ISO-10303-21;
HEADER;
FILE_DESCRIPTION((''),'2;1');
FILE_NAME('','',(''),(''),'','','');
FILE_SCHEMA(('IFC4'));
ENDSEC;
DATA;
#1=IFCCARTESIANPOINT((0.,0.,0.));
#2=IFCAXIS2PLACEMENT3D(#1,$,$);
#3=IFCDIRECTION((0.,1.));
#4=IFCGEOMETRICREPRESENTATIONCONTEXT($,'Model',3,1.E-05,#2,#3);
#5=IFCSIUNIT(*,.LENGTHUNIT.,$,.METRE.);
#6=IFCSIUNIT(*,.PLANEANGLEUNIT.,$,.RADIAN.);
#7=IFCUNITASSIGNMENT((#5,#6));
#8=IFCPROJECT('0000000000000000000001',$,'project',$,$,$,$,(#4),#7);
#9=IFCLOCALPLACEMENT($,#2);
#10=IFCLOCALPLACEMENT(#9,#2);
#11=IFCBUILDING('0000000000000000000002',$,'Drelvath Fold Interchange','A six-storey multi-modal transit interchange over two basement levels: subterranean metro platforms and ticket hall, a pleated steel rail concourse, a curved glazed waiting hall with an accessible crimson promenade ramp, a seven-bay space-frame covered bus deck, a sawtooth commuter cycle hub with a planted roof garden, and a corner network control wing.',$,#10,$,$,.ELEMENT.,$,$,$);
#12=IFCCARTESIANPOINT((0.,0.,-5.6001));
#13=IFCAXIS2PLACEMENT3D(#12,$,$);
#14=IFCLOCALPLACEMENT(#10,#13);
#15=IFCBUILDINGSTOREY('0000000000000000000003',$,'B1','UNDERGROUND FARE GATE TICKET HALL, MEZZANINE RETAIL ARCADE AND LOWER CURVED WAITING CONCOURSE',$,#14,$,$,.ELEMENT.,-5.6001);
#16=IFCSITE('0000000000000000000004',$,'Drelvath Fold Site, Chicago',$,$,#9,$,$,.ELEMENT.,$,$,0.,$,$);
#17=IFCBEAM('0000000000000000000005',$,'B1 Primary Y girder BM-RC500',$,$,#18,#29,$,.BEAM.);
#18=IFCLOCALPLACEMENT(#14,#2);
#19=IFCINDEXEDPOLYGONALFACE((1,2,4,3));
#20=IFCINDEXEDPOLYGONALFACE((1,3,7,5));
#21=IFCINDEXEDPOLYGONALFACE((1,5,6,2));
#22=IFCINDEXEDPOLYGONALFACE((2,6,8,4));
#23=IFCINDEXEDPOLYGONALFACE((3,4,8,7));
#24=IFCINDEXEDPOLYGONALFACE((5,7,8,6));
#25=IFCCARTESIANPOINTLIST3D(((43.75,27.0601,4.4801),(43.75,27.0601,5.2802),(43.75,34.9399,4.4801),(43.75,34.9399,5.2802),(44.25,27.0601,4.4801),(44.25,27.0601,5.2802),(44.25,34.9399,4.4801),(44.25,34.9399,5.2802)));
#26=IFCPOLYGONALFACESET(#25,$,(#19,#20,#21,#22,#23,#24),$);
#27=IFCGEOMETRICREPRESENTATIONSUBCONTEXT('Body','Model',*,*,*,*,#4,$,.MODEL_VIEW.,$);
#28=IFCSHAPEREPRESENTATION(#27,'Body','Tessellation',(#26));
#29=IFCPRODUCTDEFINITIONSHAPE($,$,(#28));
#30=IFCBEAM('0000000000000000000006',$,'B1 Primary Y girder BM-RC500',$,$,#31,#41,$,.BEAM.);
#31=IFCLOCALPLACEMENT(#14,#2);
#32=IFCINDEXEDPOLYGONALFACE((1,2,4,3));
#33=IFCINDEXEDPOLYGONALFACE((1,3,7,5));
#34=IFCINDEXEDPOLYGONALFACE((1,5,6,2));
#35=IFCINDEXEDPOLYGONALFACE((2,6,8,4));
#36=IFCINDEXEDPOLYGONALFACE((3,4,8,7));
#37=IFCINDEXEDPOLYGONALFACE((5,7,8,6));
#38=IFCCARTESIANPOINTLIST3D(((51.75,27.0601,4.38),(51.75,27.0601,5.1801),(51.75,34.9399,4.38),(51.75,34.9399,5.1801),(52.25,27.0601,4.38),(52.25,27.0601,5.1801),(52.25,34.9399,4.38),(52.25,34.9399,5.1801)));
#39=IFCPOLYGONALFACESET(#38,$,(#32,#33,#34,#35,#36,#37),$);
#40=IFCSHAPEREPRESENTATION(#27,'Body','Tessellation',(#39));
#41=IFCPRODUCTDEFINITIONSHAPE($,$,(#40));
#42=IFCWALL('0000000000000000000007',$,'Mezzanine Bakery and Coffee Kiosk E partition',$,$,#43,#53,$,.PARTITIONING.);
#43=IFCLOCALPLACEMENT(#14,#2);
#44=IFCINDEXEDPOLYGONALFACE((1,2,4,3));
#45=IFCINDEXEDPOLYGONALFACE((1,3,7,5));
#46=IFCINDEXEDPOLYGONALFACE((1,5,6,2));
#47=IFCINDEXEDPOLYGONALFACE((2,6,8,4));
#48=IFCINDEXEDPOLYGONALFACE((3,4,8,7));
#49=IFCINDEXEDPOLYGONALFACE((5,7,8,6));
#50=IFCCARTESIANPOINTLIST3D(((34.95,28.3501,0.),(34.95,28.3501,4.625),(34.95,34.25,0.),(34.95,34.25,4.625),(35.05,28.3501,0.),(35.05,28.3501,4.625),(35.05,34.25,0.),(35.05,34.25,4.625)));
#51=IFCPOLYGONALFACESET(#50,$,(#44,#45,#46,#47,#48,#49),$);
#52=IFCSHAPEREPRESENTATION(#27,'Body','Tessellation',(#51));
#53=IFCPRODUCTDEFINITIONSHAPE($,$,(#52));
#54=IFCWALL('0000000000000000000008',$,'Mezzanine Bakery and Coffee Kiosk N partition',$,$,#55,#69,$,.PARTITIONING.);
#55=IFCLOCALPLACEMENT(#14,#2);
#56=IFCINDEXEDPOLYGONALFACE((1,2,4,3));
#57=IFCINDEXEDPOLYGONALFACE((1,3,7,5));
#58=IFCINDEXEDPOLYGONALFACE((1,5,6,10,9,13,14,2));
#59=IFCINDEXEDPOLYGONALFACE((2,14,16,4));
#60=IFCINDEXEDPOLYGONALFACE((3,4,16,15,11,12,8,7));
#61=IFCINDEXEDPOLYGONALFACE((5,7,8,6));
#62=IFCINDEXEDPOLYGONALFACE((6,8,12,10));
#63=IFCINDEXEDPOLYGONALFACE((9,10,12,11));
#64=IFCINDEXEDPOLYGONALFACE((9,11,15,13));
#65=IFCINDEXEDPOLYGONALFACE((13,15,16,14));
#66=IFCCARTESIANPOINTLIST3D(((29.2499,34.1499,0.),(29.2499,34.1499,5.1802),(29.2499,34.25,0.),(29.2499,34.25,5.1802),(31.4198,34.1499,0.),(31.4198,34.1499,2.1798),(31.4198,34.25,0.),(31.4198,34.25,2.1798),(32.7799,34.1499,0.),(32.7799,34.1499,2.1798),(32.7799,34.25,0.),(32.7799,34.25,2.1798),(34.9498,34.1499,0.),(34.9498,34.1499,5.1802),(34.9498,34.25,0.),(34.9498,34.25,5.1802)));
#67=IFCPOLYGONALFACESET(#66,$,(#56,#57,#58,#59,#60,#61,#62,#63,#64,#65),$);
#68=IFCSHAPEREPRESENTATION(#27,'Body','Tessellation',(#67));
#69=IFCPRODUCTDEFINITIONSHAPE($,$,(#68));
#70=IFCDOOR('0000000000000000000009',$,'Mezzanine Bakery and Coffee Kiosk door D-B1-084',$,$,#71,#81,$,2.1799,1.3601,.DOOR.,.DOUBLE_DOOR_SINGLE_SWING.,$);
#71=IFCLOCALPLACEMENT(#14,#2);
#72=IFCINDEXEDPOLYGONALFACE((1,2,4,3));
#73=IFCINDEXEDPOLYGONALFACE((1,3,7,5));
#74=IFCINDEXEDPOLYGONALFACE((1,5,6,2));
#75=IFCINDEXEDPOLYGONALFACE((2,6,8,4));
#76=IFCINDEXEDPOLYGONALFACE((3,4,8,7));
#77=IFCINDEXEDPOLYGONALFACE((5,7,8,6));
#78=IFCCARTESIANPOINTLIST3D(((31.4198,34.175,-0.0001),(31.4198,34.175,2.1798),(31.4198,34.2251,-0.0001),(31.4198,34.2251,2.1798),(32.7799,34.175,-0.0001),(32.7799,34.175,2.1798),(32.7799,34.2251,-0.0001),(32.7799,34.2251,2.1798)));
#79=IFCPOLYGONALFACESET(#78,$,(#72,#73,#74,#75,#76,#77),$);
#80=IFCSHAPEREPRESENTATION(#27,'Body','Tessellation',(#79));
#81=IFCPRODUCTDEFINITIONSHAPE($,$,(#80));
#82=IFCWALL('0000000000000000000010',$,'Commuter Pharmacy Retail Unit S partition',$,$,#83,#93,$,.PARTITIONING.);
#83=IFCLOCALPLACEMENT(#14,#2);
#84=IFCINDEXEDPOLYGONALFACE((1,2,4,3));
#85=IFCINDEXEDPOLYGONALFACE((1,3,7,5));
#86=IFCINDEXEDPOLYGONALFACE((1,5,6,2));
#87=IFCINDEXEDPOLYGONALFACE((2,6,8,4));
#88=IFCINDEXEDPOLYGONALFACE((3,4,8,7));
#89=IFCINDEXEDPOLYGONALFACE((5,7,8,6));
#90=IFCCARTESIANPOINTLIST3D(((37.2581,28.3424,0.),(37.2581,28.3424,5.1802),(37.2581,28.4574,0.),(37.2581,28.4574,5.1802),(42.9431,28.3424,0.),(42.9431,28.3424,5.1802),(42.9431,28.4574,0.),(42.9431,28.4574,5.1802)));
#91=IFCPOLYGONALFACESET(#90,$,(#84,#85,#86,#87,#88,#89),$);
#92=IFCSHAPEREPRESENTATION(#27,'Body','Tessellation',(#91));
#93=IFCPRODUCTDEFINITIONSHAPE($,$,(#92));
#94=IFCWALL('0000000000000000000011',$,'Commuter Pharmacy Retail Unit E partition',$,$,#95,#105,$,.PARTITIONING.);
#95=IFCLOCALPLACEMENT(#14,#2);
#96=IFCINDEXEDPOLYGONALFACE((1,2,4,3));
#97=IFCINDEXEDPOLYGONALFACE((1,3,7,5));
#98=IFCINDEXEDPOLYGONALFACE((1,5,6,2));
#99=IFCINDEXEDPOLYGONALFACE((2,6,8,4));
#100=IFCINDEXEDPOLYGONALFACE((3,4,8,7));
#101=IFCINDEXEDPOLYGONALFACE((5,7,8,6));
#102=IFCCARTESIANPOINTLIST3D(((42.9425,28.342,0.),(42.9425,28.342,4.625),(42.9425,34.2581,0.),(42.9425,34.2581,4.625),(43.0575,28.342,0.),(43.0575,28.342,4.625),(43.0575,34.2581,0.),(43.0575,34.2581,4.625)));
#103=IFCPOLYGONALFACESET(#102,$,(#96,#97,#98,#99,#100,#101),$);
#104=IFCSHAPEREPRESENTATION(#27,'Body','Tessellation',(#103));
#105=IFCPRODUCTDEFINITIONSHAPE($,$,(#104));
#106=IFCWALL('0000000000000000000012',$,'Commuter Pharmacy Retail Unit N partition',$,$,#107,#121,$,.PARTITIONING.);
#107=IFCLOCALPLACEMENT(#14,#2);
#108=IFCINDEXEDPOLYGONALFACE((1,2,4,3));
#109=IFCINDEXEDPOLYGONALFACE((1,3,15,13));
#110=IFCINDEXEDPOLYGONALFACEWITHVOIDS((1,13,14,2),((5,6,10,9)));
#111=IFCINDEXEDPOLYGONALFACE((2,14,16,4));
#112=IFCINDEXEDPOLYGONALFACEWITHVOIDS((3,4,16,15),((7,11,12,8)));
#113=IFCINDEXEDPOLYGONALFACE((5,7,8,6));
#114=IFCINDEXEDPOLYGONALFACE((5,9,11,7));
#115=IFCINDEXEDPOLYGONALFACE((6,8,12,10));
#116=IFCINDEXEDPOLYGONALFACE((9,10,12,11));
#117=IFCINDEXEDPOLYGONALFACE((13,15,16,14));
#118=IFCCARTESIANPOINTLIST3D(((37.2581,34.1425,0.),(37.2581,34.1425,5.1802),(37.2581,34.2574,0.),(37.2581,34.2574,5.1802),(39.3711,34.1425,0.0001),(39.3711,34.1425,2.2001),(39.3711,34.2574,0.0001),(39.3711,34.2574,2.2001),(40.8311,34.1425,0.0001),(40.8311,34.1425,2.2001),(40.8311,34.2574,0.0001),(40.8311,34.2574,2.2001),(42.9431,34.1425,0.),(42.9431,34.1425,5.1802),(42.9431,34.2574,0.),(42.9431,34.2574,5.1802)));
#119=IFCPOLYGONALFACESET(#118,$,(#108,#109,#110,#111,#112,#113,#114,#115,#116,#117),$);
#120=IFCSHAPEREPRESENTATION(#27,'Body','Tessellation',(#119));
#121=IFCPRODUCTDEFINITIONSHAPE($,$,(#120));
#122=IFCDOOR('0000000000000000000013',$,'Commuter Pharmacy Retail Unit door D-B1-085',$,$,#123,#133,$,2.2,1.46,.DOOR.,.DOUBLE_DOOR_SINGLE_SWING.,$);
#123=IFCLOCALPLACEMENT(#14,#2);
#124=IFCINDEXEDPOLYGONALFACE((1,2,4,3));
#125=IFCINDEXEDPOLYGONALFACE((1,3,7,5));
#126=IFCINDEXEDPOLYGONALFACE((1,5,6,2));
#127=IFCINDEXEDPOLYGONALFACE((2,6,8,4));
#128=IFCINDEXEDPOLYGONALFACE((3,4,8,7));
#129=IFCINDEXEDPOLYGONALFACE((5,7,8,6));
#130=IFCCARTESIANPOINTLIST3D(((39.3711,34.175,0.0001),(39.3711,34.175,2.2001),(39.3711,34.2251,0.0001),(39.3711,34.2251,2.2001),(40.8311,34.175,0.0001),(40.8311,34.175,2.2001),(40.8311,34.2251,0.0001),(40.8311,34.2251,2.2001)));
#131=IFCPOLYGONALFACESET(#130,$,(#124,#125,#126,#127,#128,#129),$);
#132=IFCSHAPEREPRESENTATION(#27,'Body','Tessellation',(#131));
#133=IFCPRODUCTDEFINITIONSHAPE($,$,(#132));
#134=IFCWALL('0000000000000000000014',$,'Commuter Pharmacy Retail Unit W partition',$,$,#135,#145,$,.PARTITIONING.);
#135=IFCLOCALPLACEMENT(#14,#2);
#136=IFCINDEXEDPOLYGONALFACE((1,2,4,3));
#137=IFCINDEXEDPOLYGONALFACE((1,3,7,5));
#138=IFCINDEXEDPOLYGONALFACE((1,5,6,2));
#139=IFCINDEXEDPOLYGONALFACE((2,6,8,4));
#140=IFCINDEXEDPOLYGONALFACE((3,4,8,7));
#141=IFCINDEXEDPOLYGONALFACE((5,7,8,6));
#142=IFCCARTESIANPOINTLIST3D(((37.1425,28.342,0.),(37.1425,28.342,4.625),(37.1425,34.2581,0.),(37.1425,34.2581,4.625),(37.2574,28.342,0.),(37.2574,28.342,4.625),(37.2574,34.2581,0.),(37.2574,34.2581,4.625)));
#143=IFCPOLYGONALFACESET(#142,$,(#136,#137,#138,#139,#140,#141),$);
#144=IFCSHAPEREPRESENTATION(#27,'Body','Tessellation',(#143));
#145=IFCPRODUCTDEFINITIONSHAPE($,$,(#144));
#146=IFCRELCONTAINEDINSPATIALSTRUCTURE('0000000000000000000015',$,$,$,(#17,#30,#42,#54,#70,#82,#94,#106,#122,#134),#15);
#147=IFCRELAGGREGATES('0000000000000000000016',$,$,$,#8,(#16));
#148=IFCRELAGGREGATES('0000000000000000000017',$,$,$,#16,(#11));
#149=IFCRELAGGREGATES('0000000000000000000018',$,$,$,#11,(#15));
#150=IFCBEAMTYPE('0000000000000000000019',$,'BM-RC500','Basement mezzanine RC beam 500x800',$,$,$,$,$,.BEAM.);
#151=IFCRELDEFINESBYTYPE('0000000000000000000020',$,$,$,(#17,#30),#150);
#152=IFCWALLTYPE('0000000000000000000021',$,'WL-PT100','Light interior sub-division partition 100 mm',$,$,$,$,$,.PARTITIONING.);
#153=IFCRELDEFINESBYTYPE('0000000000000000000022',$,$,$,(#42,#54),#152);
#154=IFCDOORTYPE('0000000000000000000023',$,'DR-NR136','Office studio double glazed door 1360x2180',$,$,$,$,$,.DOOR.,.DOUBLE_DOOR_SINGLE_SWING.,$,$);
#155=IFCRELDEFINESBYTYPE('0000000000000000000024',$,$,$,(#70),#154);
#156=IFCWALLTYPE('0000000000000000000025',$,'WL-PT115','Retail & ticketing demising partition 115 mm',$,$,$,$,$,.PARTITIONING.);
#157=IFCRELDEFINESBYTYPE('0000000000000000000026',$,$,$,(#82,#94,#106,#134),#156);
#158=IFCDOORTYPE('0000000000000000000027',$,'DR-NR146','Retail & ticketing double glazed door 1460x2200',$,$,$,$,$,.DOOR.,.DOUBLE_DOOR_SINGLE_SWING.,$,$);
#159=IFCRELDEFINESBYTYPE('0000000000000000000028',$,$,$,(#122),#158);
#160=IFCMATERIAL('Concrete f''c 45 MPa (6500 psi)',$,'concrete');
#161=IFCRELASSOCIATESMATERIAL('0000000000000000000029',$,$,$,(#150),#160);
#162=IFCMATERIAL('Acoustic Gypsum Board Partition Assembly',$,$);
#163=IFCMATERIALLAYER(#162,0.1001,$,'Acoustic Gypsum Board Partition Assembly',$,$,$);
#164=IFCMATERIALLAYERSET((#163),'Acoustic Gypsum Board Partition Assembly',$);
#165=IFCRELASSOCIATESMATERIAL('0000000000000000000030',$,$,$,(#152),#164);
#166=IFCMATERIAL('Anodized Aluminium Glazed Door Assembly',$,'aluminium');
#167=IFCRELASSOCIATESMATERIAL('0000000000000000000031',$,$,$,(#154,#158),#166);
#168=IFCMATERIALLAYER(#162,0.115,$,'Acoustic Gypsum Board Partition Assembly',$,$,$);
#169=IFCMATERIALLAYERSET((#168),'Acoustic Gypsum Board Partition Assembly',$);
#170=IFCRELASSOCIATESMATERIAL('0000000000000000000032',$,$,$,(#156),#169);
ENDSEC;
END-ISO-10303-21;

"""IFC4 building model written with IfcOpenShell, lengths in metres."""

from ifc_helpers import new_model, si_unit, direction, frame, frame_2d, origin, origin_2d, place, context, subcontext, project, spatial, rectangle, extrude, material, layer, layer_set, material_profile, profile_set, type_object, element, fill, save


model = new_model("IFC4")

# Units and contexts
model_context = context("Model", 3, precision=1e-05, world=origin(), true_north=direction((0.0, 1.0)))
body_context = subcontext(model_context, "Body", "Model", "MODEL_VIEW")
ifc_project = project(units=[si_unit("LENGTHUNIT", "METRE"), si_unit("PLANEANGLEUNIT", "RADIAN")], contexts=[model_context])

# Site, building, storey
site_placement = place(None, origin())
site = spatial("IfcSite", under=ifc_project, at=site_placement, Name="Drelvath Fold Site, Chicago", CompositionType="ELEMENT", RefElevation=0.0)
building_placement = place(site_placement, origin())
building = spatial("IfcBuilding", under=site, at=building_placement, Name="Drelvath Fold Interchange", Description="A six-storey multi-modal transit interchange over two basement levels: subterranean metro platforms and ticket hall, a pleated steel rail concourse, a curved glazed waiting hall with an accessible crimson promenade ramp, a seven-bay space-frame covered bus deck, a sawtooth commuter cycle hub with a planted roof garden, and a corner network control wing.", CompositionType="ELEMENT")
storey_placement = place(building_placement, frame((0.0, 0.0, -5.6001)))
storey = spatial("IfcBuildingStorey", under=building, at=storey_placement, Name="B1", Description="UNDERGROUND FARE GATE TICKET HALL, MEZZANINE RETAIL ARCADE AND LOWER CURVED WAITING CONCOURSE", CompositionType="ELEMENT", Elevation=-5.6001)

# Beams
ifc_material_1 = material(Name="Concrete f'c 45 MPa (6500 psi)", Category="concrete")
ifc_material_profile_1 = material_profile(ifc_material_1, rectangle(XDim=0.5, YDim=0.8, at=origin_2d()), Name="RC 500x800")
ifc_profile_set_1 = profile_set([ifc_material_profile_1], Name="Concrete f'c 45 MPa (6500 psi)")
beam_type_1 = type_object("IfcBeamType", Name="BM-RC500", Description="Basement mezzanine RC beam 500x800", PredefinedType="BEAM", material=ifc_profile_set_1)
for number, where, z_axis, x_axis, name in (
    (1, (44.0, 27.0601, 4.8801), (0.0, 1.0, 0.0), (-1.0, 0.0, 0.0), "B1 Primary Y girder BM-RC500"),
    (2, (52.0, 27.0601, 4.78), (0.0, 1.0, 0.0), (-1.0, 0.0, 0.0), "B1 Primary Y girder BM-RC500"),
):
    element("IfcBeam", number, at=place(storey_placement, frame(where, z_axis=z_axis, x_axis=x_axis)), inside=storey, type_object=beam_type_1, Name=name, PredefinedType="BEAM", context=body_context, shape_type="SweptSolid", body=[
        extrude(rectangle(XDim=0.5, YDim=0.8, at=origin_2d()), origin(), (0.0, 0.0, 1.0), 7.8799),
    ])

# Wall
ifc_material_2 = material(Name="Acoustic Gypsum Board Partition Assembly")
ifc_layer_1 = layer(ifc_material_2, 0.1001, Name="Acoustic Gypsum Board Partition Assembly")
ifc_layer_set_1 = layer_set([ifc_layer_1], Name="Acoustic Gypsum Board Partition Assembly")
wall_type_1 = type_object("IfcWallType", Name="WL-PT100", Description="Light interior sub-division partition 100 mm", PredefinedType="PARTITIONING", material=ifc_layer_set_1)
wall_1_placement = place(storey_placement, frame((35.0, 28.3501, 0.0), z_axis=(0.0, 0.0, 1.0), x_axis=(0.0, 1.0, 0.0)))
element("IfcWall", 3, at=wall_1_placement, inside=storey, type_object=wall_type_1, Name="Mezzanine Bakery and Coffee Kiosk E partition", PredefinedType="PARTITIONING", context=body_context, shape_type="SweptSolid", body=[
    extrude(rectangle(XDim=5.8999, YDim=0.1001, at=frame_2d((2.95, 0.0))), origin(), (0.0, 0.0, 1.0), 4.625),
])

# Wall, opening, door
wall_2_placement = place(storey_placement, frame((34.95, 34.2, 0.0), z_axis=(0.0, 0.0, 1.0), x_axis=(-1.0, 0.0, 0.0)))
wall_2 = element("IfcWall", 4, at=wall_2_placement, inside=storey, type_object=wall_type_1, Name="Mezzanine Bakery and Coffee Kiosk N partition", PredefinedType="PARTITIONING", context=body_context, shape_type="SweptSolid", body=[
    extrude(rectangle(XDim=5.7, YDim=0.1001, at=frame_2d((2.8501, 0.0))), origin(), (0.0, 0.0, 1.0), 5.1802),
])
opening_1_placement = place(wall_2_placement, frame((2.1699, 0.0, 0.0)))
opening_1 = element("IfcOpeningElement", 5, at=opening_1_placement, cuts=wall_2, PredefinedType="OPENING", context=body_context, shape_type="SweptSolid", body=[
    extrude(rectangle(XDim=1.3601, YDim=2.1799, at=frame_2d((0.6802, 1.0898))), frame((0.0, 0.0601, 0.0), z_axis=(0.0, -1.0, 0.0), x_axis=(1.0, 0.0, 0.0)), (0.0, 0.0, 1.0), 0.1201),
])
ifc_material_3 = material(Name="Anodized Aluminium Glazed Door Assembly", Category="aluminium")
door_type_1 = type_object("IfcDoorType", Name="DR-NR136", Description="Office studio double glazed door 1360x2180", OperationType="DOUBLE_DOOR_SINGLE_SWING", PredefinedType="DOOR", material=ifc_material_3)
door_1_placement = place(opening_1_placement, origin())
door_1 = element("IfcDoor", 6, at=door_1_placement, inside=storey, type_object=door_type_1, Name="Mezzanine Bakery and Coffee Kiosk door D-B1-084", OperationType="DOUBLE_DOOR_SINGLE_SWING", OverallHeight=2.1799, OverallWidth=1.3601, PredefinedType="DOOR", context=body_context, shape_type="SweptSolid", body=[
    extrude(rectangle(XDim=1.3601, YDim=2.1799, at=frame_2d((0.6802, 1.0898))), frame((0.0, 0.0249, 0.0), z_axis=(0.0, -1.0, 0.0), x_axis=(1.0, 0.0, 0.0)), (0.0, 0.0, 1.0), 0.05),
])
fill(opening_1, door_1)

# Walls
ifc_layer_2 = layer(ifc_material_2, 0.115, Name="Acoustic Gypsum Board Partition Assembly")
ifc_layer_set_2 = layer_set([ifc_layer_2], Name="Acoustic Gypsum Board Partition Assembly")
wall_type_2 = type_object("IfcWallType", Name="WL-PT115", Description="Retail & ticketing demising partition 115 mm", PredefinedType="PARTITIONING", material=ifc_layer_set_2)
wall_3_placement = place(storey_placement, frame((37.2581, 28.3999, 0.0), z_axis=(0.0, 0.0, 1.0), x_axis=(1.0, 0.0, 0.0)))
element("IfcWall", 7, at=wall_3_placement, inside=storey, type_object=wall_type_2, Name="Commuter Pharmacy Retail Unit S partition", PredefinedType="PARTITIONING", context=body_context, shape_type="SweptSolid", body=[
    extrude(rectangle(XDim=5.6851, YDim=0.115, at=frame_2d((2.8425, 0.0))), origin(), (0.0, 0.0, 1.0), 5.1802),
])
wall_4_placement = place(storey_placement, frame((43.0, 28.342, 0.0), z_axis=(0.0, 0.0, 1.0), x_axis=(0.0, 1.0, 0.0)))
element("IfcWall", 8, at=wall_4_placement, inside=storey, type_object=wall_type_2, Name="Commuter Pharmacy Retail Unit E partition", PredefinedType="PARTITIONING", context=body_context, shape_type="SweptSolid", body=[
    extrude(rectangle(XDim=5.916, YDim=0.115, at=frame_2d((2.958, 0.0))), origin(), (0.0, 0.0, 1.0), 4.625),
])

# Wall, opening, door
wall_5_placement = place(storey_placement, frame((42.9431, 34.2, 0.0), z_axis=(0.0, 0.0, 1.0), x_axis=(-1.0, 0.0, 0.0)))
wall_5 = element("IfcWall", 9, at=wall_5_placement, inside=storey, type_object=wall_type_2, Name="Commuter Pharmacy Retail Unit N partition", PredefinedType="PARTITIONING", context=body_context, shape_type="SweptSolid", body=[
    extrude(rectangle(XDim=5.6851, YDim=0.115, at=frame_2d((2.8425, 0.0))), origin(), (0.0, 0.0, 1.0), 5.1802),
])
opening_2_placement = place(wall_5_placement, frame((2.1121, 0.0, 0.0)))
opening_2 = element("IfcOpeningElement", 10, at=opening_2_placement, cuts=wall_5, PredefinedType="OPENING", context=body_context, shape_type="SweptSolid", body=[
    extrude(rectangle(XDim=1.46, YDim=2.2, at=frame_2d((0.73, 1.1001))), frame((0.0, 0.0674, 0.0), z_axis=(0.0, -1.0, 0.0), x_axis=(1.0, 0.0, 0.0)), (0.0, 0.0, 1.0), 0.135),
])
door_type_2 = type_object("IfcDoorType", Name="DR-NR146", Description="Retail & ticketing double glazed door 1460x2200", OperationType="DOUBLE_DOOR_SINGLE_SWING", PredefinedType="DOOR", material=ifc_material_3)
door_2_placement = place(opening_2_placement, origin())
door_2 = element("IfcDoor", 11, at=door_2_placement, inside=storey, type_object=door_type_2, Name="Commuter Pharmacy Retail Unit door D-B1-085", OperationType="DOUBLE_DOOR_SINGLE_SWING", OverallHeight=2.2, OverallWidth=1.46, PredefinedType="DOOR", context=body_context, shape_type="SweptSolid", body=[
    extrude(rectangle(XDim=1.46, YDim=2.2, at=frame_2d((0.73, 1.1001))), frame((0.0, 0.0249, 0.0), z_axis=(0.0, -1.0, 0.0), x_axis=(1.0, 0.0, 0.0)), (0.0, 0.0, 1.0), 0.05),
])
fill(opening_2, door_2)

# Wall
wall_6_placement = place(storey_placement, frame((37.2, 34.2581, 0.0), z_axis=(0.0, 0.0, 1.0), x_axis=(0.0, -1.0, 0.0)))
element("IfcWall", 12, at=wall_6_placement, inside=storey, type_object=wall_type_2, Name="Commuter Pharmacy Retail Unit W partition", PredefinedType="PARTITIONING", context=body_context, shape_type="SweptSolid", body=[
    extrude(rectangle(XDim=5.916, YDim=0.115, at=frame_2d((2.958, 0.0))), origin(), (0.0, 0.0, 1.0), 4.625),
])

save(model, "model.ifc")
